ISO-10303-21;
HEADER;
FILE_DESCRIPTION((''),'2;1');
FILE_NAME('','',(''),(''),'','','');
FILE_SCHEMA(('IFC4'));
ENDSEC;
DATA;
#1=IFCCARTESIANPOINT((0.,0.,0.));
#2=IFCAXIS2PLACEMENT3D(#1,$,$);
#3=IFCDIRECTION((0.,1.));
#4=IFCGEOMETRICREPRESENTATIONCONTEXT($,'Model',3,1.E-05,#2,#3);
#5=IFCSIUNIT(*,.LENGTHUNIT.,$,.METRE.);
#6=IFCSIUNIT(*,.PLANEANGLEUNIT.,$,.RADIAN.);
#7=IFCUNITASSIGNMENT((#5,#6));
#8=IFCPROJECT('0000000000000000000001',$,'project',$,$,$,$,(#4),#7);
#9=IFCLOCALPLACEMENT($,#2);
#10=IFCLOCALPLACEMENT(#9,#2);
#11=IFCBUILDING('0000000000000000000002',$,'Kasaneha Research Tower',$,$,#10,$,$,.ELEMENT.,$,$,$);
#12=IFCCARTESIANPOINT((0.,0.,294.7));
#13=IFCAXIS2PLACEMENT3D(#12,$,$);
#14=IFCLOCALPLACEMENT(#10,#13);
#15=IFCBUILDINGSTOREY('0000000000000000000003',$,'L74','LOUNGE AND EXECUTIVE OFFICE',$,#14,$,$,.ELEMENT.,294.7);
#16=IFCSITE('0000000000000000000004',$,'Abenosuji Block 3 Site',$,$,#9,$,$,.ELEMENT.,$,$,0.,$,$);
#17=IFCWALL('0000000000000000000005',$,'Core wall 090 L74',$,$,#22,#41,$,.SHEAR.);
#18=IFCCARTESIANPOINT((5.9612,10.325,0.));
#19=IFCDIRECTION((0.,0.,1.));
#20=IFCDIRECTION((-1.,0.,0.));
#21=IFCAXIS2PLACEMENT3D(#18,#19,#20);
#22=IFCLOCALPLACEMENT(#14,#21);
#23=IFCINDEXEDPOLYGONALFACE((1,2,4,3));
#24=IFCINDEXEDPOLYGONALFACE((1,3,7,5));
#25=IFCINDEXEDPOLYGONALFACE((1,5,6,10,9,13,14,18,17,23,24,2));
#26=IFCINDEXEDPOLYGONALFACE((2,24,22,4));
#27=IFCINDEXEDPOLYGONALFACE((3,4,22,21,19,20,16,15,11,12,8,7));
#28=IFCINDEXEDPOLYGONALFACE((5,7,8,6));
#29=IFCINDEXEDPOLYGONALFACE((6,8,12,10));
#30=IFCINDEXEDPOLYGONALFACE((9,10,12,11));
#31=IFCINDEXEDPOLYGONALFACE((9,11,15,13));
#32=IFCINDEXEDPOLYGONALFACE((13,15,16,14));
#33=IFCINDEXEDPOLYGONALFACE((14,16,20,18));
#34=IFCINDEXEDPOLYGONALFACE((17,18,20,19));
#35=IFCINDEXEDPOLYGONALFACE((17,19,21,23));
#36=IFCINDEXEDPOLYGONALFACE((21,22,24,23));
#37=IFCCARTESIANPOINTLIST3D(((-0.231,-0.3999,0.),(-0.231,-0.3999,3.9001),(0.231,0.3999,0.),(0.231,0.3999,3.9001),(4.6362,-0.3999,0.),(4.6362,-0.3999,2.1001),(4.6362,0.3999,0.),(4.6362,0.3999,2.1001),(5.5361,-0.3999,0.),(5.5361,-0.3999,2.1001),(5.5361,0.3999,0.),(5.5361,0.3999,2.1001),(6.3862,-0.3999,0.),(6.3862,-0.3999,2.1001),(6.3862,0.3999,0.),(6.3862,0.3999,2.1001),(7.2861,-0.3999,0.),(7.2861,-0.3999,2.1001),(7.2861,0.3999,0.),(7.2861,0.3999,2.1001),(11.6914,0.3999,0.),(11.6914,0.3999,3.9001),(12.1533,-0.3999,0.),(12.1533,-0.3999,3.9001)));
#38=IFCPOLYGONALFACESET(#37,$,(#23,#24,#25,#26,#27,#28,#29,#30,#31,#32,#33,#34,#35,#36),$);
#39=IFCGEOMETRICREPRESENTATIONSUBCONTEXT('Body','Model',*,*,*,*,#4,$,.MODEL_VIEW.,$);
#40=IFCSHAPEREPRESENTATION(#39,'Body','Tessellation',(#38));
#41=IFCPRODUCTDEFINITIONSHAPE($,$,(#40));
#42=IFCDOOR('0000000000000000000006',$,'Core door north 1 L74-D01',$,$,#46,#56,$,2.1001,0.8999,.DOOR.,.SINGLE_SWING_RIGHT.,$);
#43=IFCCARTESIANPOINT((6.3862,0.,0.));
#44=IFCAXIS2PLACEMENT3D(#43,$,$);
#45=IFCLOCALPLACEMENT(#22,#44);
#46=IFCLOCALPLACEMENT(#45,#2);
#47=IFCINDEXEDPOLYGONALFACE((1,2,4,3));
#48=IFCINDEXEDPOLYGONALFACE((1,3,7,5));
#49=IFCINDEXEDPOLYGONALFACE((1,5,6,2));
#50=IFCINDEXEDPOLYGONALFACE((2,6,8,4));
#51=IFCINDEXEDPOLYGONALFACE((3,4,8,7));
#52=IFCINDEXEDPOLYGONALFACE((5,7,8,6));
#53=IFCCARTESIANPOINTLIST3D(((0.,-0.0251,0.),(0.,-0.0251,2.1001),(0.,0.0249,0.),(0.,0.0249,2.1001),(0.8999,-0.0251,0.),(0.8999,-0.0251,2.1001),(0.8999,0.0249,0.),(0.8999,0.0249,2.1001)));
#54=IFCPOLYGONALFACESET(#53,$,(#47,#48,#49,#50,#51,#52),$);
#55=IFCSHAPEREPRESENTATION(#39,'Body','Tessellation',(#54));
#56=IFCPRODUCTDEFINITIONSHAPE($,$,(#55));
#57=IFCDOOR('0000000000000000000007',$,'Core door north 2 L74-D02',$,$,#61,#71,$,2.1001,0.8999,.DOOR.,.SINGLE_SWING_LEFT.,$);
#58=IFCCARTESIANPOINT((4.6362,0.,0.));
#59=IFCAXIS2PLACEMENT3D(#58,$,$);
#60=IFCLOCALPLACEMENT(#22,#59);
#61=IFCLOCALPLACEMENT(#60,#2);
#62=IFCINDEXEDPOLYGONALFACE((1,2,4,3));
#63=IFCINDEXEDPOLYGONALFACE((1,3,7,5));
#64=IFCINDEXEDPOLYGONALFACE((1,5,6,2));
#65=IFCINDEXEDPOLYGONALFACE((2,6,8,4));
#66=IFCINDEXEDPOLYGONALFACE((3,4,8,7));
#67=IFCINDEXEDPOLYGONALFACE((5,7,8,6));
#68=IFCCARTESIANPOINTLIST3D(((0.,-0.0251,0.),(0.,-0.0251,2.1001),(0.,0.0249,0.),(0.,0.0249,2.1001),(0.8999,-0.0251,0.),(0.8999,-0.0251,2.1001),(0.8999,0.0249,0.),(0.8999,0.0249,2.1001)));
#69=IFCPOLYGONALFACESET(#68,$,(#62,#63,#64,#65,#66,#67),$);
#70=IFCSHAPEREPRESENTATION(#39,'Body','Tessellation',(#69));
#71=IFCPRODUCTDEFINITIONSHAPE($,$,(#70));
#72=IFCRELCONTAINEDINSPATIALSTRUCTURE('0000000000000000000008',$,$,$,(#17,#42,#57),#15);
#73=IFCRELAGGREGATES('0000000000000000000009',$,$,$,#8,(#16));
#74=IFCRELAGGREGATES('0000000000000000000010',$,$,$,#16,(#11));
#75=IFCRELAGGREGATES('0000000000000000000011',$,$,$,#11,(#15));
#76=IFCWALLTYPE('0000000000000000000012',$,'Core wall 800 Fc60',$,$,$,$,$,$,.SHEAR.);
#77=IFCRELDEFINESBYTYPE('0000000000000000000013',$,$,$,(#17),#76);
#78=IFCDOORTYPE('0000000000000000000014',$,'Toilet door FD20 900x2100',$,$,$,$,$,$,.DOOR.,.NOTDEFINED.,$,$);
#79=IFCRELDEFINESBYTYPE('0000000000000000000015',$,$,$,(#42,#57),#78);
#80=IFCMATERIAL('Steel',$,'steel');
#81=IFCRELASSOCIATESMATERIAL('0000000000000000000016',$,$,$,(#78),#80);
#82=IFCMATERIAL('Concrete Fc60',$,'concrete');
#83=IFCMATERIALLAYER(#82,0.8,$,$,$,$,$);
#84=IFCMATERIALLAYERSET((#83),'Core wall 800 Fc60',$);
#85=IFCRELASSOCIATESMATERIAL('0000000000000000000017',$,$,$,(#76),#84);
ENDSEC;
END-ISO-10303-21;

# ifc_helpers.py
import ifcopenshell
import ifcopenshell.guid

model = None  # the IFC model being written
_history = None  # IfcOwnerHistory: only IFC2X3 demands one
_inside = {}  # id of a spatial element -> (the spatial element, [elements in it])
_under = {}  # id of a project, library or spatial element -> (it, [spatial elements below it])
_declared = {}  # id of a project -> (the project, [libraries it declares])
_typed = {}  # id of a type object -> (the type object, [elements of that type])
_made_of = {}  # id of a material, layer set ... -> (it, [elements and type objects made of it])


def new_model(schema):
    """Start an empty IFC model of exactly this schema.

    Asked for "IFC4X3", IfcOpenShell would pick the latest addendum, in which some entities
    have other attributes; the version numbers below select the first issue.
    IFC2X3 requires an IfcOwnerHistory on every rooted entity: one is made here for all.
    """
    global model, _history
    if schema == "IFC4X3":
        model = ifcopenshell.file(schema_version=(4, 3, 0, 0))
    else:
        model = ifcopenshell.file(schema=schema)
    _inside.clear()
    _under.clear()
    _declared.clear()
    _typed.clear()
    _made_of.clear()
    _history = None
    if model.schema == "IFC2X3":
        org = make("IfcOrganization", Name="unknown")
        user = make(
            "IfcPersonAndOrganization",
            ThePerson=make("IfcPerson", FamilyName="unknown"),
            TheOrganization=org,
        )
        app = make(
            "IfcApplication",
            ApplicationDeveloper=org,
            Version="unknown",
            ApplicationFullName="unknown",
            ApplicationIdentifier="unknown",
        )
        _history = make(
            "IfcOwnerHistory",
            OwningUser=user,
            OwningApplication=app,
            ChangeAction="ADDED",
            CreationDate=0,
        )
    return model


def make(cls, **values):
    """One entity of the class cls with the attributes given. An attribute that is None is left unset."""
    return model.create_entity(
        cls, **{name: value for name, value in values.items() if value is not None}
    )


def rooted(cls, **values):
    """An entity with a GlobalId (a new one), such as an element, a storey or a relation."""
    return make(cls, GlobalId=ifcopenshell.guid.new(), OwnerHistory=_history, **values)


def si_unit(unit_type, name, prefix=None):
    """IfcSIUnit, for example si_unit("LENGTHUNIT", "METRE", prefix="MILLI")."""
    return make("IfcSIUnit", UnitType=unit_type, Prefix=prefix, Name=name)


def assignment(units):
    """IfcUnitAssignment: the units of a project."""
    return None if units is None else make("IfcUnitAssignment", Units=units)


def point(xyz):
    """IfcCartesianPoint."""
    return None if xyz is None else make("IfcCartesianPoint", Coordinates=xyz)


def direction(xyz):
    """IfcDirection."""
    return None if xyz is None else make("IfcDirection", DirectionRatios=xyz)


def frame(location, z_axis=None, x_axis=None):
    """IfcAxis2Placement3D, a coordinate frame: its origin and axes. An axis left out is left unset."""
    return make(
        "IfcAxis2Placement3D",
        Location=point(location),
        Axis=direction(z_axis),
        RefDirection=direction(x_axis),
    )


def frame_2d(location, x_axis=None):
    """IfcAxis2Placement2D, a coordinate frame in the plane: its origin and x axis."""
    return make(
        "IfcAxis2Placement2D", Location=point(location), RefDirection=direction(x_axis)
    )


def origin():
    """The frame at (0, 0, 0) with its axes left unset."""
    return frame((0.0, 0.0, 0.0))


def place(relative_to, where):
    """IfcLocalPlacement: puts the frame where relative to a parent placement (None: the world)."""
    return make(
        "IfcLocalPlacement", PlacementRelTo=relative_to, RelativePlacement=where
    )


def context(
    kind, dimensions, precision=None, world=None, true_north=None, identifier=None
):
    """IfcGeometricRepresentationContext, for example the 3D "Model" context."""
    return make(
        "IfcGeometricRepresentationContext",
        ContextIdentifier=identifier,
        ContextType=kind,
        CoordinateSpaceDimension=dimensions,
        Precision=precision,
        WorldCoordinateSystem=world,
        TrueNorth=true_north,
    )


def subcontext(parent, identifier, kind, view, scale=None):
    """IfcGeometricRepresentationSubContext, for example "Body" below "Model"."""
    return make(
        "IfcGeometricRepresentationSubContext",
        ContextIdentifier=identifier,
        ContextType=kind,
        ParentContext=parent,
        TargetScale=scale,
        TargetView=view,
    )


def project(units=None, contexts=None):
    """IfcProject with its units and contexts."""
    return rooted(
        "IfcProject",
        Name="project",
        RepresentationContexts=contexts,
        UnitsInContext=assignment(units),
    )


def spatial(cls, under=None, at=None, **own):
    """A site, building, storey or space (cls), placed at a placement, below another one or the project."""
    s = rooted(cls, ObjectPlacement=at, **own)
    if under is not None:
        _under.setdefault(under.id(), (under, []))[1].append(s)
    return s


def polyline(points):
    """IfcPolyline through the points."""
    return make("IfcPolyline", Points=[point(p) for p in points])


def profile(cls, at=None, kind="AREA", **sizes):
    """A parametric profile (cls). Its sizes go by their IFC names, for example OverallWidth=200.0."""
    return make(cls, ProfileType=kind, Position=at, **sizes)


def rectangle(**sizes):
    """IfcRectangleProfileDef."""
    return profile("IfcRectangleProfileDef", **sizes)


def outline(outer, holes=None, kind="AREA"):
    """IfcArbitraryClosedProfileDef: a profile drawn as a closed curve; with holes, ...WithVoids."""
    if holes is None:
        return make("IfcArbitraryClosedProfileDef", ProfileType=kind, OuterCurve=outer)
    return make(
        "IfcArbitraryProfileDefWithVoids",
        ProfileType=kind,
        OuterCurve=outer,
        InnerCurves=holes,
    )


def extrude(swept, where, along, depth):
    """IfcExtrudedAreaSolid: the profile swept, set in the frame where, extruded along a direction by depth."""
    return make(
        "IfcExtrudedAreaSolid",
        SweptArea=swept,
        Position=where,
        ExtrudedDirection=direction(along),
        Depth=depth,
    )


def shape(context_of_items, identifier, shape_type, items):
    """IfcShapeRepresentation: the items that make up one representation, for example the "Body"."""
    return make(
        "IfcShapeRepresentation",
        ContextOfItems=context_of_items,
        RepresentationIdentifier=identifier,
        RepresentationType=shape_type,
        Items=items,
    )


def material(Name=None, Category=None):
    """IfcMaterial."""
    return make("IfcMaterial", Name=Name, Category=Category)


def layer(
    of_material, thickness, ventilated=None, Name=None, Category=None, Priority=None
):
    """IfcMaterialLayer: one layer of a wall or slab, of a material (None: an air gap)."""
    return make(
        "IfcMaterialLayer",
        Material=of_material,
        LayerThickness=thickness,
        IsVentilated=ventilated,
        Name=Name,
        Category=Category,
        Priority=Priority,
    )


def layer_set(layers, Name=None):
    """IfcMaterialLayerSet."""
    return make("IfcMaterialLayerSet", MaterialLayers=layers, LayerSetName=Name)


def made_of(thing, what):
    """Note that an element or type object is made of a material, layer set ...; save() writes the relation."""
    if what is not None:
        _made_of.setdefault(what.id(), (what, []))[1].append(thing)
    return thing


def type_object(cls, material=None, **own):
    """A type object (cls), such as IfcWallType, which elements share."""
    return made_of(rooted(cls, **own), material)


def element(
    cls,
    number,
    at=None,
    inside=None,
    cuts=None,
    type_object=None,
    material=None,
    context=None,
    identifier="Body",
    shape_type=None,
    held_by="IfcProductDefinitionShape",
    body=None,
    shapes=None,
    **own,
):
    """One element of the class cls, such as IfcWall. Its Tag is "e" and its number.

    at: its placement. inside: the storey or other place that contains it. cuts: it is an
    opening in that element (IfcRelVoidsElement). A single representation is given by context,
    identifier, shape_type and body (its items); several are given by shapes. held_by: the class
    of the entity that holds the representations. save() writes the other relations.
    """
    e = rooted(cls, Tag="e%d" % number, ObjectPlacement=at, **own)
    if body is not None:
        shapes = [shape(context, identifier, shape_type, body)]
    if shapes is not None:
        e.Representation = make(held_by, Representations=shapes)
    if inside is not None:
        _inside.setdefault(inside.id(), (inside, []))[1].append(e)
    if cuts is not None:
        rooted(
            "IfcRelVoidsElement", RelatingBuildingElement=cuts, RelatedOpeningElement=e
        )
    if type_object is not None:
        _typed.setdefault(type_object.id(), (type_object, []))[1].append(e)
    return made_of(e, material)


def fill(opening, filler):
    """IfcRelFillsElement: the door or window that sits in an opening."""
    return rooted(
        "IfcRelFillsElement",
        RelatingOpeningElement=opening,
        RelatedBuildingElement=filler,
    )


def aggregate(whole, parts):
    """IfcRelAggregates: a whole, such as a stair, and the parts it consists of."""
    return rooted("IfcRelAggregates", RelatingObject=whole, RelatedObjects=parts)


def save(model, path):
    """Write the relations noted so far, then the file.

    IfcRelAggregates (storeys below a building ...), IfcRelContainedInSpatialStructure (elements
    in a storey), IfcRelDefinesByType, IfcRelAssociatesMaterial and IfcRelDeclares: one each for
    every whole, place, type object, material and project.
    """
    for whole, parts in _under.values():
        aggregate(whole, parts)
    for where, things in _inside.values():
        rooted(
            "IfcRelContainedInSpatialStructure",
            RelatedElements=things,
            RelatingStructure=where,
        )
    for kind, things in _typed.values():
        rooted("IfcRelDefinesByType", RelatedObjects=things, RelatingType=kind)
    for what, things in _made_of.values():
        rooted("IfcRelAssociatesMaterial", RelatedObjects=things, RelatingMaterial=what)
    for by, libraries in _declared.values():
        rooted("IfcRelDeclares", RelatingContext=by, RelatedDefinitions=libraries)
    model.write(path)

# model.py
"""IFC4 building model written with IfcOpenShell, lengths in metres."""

from ifc_helpers import new_model, si_unit, direction, frame, frame_2d, origin, place, context, subcontext, project, spatial, polyline, rectangle, outline, extrude, material, layer, layer_set, type_object, element, fill, save


model = new_model("IFC4")

# Units and contexts
model_context = context("Model", 3, precision=1e-05, world=origin(), true_north=direction((0.0, 1.0)))
body_context = subcontext(model_context, "Body", "Model", "MODEL_VIEW")
ifc_project = project(units=[si_unit("LENGTHUNIT", "METRE"), si_unit("PLANEANGLEUNIT", "RADIAN")], contexts=[model_context])

# Site, building, storey
site_placement = place(None, origin())
site = spatial("IfcSite", under=ifc_project, at=site_placement, Name="Abenosuji Block 3 Site", CompositionType="ELEMENT", RefElevation=0.0)
building_placement = place(site_placement, origin())
building = spatial("IfcBuilding", under=site, at=building_placement, Name="Kasaneha Research Tower", CompositionType="ELEMENT")
storey_placement = place(building_placement, frame((0.0, 0.0, 294.7)))
storey = spatial("IfcBuildingStorey", under=building, at=storey_placement, Name="L74", Description="LOUNGE AND EXECUTIVE OFFICE", CompositionType="ELEMENT", Elevation=294.7)

# Shared definitions
ifc_material_1 = material(Name="Steel", Category="steel")
door_type_1 = type_object("IfcDoorType", Name="Toilet door FD20 900x2100", OperationType="NOTDEFINED", PredefinedType="DOOR", material=ifc_material_1)

# Wall, openings, doors
ifc_material_2 = material(Name="Concrete Fc60", Category="concrete")
ifc_layer_1 = layer(ifc_material_2, 0.8)
ifc_layer_set_1 = layer_set([ifc_layer_1], Name="Core wall 800 Fc60")
wall_type_1 = type_object("IfcWallType", Name="Core wall 800 Fc60", PredefinedType="SHEAR", material=ifc_layer_set_1)
wall_1_placement = place(storey_placement, frame((5.9612, 10.325, 0.0), z_axis=(0.0, 0.0, 1.0), x_axis=(-1.0, 0.0, 0.0)))
wall_1 = element("IfcWall", 1, at=wall_1_placement, inside=storey, type_object=wall_type_1, Name="Core wall 090 L74", PredefinedType="SHEAR", context=body_context, shape_type="SweptSolid", body=[
    extrude(outline(polyline([(-0.231, -0.3999), (4.6362, -0.3999), (5.5361, -0.3999), (6.3862, -0.3999), (7.2861, -0.3999), (12.1533, -0.3999), (11.6914, 0.3999), (7.2861, 0.3999), (6.3862, 0.3999), (5.5361, 0.3999), (4.6362, 0.3999), (0.231, 0.3999), (-0.231, -0.3999)])), origin(), (0.0, 0.0, 1.0), 3.9001),
])
opening_1_placement = place(wall_1_placement, frame((6.3862, 0.0, 0.0)))
opening_1 = element("IfcOpeningElement", 2, at=opening_1_placement, cuts=wall_1, PredefinedType="OPENING", context=body_context, shape_type="SweptSolid", body=[
    extrude(rectangle(XDim=0.8999, YDim=2.1001, at=frame_2d((0.45, 1.05))), frame((0.0, 0.4102, 0.0), z_axis=(0.0, -1.0, 0.0), x_axis=(1.0, 0.0, 0.0)), (0.0, 0.0, 1.0), 0.8201),
])
opening_2_placement = place(wall_1_placement, frame((4.6362, 0.0, 0.0)))
opening_2 = element("IfcOpeningElement", 3, at=opening_2_placement, cuts=wall_1, PredefinedType="OPENING", context=body_context, shape_type="SweptSolid", body=[
    extrude(rectangle(XDim=0.8999, YDim=2.1001, at=frame_2d((0.45, 1.05))), frame((0.0, 0.4102, 0.0), z_axis=(0.0, -1.0, 0.0), x_axis=(1.0, 0.0, 0.0)), (0.0, 0.0, 1.0), 0.8201),
])
door_1_placement = place(opening_1_placement, origin())
door_1 = element("IfcDoor", 4, at=door_1_placement, inside=storey, type_object=door_type_1, Name="Core door north 1 L74-D01", OperationType="SINGLE_SWING_RIGHT", OverallHeight=2.1001, OverallWidth=0.8999, PredefinedType="DOOR", context=body_context, shape_type="SweptSolid", body=[
    extrude(rectangle(XDim=0.8999, YDim=2.1001, at=frame_2d((0.45, 1.05))), frame((0.0, 0.0249, 0.0), z_axis=(0.0, -1.0, 0.0), x_axis=(1.0, 0.0, 0.0)), (0.0, 0.0, 1.0), 0.05),
])
fill(opening_1, door_1)
door_2_placement = place(opening_2_placement, origin())
door_2 = element("IfcDoor", 5, at=door_2_placement, inside=storey, type_object=door_type_1, Name="Core door north 2 L74-D02", OperationType="SINGLE_SWING_LEFT", OverallHeight=2.1001, OverallWidth=0.8999, PredefinedType="DOOR", context=body_context, shape_type="SweptSolid", body=[
    extrude(rectangle(XDim=0.8999, YDim=2.1001, at=frame_2d((0.45, 1.05))), frame((0.0, 0.0249, 0.0), z_axis=(0.0, -1.0, 0.0), x_axis=(1.0, 0.0, 0.0)), (0.0, 0.0, 1.0), 0.05),
])
fill(opening_2, door_2)

save(model, "model.ifc")
